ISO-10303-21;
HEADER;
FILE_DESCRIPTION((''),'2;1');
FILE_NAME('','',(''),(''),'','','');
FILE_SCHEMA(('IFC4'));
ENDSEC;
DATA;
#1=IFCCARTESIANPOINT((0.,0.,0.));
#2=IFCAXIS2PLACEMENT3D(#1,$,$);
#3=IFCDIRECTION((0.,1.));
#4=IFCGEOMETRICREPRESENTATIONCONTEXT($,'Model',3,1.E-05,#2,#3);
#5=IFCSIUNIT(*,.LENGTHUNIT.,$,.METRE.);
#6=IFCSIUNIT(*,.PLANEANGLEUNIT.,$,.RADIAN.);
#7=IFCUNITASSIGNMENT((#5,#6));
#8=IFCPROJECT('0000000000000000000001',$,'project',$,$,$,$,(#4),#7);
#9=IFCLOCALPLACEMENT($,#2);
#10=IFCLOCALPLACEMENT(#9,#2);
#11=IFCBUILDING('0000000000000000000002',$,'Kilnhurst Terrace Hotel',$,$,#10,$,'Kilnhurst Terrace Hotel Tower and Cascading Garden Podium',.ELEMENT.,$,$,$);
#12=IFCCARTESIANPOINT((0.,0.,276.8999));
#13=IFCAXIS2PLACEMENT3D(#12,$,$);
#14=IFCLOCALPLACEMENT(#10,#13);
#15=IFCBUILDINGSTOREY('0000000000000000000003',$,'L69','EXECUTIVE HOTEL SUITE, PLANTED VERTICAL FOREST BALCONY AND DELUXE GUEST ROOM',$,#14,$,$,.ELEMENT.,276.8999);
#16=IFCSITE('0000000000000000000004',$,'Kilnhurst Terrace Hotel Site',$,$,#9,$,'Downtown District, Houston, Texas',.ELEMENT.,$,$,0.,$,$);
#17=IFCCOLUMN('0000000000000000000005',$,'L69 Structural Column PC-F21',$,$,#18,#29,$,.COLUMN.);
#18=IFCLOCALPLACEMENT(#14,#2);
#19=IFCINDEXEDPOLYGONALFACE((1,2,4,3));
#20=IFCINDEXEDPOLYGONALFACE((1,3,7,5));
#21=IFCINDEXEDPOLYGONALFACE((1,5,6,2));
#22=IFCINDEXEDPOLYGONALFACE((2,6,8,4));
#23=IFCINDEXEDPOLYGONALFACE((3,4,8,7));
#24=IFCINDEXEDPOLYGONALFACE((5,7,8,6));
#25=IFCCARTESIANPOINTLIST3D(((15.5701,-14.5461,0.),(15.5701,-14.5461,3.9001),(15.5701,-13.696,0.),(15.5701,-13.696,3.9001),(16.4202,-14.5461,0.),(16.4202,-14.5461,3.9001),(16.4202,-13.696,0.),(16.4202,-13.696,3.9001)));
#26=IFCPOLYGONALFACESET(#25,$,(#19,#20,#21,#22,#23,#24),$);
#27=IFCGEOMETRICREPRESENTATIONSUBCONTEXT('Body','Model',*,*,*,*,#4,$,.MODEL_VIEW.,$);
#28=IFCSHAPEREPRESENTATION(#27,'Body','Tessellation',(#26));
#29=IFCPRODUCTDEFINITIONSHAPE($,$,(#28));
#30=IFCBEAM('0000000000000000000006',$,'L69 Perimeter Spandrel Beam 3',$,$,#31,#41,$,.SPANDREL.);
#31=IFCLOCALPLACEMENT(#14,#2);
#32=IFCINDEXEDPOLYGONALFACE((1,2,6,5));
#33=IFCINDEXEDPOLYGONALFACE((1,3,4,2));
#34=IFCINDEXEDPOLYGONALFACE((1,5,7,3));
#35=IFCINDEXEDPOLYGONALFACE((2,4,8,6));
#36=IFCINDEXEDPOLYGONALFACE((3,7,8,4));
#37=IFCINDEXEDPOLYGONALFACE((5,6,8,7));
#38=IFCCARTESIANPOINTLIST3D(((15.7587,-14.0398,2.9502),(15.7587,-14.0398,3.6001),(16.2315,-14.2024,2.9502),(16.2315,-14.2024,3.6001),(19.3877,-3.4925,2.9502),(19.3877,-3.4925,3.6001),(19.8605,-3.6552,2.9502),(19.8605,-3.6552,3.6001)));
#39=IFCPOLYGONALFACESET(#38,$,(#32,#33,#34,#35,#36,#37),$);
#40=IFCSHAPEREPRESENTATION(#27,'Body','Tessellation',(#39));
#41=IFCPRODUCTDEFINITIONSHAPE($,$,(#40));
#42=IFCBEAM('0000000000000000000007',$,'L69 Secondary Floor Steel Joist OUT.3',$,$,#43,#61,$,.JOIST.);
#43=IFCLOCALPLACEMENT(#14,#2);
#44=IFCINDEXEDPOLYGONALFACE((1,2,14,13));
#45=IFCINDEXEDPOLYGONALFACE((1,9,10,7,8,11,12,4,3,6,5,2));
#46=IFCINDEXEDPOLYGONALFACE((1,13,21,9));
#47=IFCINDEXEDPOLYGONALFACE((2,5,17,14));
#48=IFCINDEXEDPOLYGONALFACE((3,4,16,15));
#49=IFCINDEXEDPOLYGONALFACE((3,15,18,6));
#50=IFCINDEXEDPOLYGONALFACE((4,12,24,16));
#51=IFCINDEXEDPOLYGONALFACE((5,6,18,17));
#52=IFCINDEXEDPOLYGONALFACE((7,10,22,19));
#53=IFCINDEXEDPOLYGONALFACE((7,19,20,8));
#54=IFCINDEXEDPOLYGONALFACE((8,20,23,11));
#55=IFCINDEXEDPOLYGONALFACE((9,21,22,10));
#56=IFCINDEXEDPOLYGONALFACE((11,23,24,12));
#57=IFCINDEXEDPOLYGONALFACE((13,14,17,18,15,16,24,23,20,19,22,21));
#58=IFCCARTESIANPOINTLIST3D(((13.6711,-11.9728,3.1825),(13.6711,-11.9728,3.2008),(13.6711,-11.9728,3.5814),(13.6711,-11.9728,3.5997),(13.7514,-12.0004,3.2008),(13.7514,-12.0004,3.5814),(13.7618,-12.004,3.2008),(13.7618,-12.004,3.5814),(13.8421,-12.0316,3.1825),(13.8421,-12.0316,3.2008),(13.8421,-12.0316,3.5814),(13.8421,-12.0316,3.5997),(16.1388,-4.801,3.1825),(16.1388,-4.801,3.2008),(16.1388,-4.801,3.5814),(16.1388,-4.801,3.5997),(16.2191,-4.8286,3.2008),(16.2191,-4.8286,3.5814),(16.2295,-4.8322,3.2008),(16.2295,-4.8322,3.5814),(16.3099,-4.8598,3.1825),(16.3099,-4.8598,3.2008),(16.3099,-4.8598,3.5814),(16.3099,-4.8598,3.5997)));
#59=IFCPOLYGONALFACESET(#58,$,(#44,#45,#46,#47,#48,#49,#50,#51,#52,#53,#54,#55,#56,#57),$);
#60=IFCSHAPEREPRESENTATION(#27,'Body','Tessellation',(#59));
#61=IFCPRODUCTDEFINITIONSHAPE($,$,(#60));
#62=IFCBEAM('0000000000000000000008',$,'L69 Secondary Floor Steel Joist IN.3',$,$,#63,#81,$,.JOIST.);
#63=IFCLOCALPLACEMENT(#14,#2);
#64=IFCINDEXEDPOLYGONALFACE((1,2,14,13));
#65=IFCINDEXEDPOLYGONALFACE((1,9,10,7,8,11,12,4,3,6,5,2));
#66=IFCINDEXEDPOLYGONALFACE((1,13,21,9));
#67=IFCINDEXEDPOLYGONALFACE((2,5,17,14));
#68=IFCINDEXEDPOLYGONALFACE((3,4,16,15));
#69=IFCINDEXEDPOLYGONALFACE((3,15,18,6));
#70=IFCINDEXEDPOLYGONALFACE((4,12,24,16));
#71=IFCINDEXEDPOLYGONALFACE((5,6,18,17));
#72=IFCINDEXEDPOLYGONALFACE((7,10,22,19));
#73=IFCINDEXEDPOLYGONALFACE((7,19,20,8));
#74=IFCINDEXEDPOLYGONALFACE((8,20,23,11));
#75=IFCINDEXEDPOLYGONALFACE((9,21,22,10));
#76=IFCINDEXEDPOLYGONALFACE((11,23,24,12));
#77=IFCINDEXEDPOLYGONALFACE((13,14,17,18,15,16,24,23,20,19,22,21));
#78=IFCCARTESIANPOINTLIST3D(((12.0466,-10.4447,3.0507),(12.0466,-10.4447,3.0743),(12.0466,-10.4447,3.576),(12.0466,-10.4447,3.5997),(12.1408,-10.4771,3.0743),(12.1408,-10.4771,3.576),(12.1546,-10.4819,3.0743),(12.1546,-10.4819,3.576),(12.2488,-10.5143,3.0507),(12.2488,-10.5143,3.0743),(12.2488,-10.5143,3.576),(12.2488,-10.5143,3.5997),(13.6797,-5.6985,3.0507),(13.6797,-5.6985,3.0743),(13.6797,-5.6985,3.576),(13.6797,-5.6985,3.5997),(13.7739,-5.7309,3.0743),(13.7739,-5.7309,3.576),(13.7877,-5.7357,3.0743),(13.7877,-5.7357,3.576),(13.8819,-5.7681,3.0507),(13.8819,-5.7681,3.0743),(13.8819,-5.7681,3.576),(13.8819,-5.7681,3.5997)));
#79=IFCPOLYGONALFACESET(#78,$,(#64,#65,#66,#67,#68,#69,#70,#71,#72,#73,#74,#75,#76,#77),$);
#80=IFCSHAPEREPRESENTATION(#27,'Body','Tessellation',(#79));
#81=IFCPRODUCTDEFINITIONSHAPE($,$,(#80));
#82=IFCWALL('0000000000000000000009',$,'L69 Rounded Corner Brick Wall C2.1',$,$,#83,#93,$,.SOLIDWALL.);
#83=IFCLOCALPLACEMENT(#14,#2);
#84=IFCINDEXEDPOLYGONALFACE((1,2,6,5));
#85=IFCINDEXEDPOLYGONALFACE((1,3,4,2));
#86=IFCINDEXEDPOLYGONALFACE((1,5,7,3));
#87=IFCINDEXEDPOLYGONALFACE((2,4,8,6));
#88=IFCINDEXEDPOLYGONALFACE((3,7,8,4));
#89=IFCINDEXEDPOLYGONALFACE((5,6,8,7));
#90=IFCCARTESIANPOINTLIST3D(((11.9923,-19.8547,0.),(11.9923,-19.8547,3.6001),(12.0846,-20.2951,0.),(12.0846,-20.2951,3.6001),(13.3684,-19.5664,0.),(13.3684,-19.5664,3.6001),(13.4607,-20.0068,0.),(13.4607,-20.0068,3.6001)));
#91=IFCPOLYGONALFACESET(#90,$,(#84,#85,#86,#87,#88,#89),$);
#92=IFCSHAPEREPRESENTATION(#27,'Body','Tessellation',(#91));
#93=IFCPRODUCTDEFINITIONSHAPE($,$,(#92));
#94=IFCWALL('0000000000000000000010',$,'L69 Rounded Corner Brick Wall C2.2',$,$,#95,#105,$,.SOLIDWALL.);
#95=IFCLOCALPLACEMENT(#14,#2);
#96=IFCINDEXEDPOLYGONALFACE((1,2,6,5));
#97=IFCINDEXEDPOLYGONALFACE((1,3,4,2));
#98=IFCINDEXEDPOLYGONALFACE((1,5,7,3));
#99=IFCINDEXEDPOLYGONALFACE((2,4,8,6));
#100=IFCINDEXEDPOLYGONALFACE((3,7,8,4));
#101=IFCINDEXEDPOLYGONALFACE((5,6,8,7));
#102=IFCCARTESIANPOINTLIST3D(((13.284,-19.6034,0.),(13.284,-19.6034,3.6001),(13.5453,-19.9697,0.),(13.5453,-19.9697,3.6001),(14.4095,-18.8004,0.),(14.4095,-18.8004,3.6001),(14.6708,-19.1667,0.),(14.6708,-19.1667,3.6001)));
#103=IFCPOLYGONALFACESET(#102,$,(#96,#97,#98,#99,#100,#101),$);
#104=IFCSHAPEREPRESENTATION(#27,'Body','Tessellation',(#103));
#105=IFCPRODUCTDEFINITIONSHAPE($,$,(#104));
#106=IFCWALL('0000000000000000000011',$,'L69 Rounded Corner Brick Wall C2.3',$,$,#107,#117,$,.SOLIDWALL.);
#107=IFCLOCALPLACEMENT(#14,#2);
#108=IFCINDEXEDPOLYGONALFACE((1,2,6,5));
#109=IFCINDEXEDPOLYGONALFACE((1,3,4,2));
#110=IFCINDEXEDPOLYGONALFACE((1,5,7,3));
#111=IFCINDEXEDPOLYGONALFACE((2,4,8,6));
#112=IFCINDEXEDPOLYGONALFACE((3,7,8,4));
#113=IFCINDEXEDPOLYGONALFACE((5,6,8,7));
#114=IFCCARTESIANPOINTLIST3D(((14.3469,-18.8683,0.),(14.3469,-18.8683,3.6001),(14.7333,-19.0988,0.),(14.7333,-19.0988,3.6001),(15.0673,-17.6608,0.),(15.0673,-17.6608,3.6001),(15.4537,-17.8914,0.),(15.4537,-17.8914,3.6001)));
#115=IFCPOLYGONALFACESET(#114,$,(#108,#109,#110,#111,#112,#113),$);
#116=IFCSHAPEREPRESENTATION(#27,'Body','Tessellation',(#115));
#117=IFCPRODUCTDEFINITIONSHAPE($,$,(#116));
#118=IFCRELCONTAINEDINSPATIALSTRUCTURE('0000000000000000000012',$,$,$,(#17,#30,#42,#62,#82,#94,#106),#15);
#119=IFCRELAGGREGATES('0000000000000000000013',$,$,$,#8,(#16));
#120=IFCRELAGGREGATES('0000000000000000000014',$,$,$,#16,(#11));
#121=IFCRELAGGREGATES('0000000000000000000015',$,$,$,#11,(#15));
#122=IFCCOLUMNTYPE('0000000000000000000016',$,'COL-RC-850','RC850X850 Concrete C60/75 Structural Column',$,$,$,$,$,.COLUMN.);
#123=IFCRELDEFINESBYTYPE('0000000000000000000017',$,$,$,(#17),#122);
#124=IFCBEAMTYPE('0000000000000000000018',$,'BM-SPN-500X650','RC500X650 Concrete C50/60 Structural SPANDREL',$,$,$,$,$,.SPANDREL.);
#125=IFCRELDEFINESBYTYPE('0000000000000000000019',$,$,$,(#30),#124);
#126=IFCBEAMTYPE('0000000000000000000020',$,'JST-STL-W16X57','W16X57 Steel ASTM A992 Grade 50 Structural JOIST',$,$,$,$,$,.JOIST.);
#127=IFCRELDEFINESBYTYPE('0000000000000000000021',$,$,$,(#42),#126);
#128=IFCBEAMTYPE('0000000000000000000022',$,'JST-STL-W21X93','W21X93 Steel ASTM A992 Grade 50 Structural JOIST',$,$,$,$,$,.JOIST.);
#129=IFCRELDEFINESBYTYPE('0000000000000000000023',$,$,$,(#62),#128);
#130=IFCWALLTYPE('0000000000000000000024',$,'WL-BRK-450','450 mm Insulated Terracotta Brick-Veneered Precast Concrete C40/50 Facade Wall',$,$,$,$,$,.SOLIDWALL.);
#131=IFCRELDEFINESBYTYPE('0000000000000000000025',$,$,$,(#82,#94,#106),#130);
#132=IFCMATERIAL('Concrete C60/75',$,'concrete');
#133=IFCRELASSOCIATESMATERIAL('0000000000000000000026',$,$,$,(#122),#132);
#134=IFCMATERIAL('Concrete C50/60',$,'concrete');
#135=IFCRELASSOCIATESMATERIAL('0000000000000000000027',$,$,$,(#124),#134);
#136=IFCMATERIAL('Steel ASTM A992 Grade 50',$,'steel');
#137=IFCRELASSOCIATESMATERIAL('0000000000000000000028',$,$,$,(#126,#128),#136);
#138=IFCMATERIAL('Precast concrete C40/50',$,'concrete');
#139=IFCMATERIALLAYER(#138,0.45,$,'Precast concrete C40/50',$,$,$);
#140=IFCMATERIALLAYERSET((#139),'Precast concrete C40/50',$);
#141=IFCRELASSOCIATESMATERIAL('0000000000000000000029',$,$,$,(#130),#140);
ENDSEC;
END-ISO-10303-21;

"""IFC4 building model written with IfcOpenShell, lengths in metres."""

from ifc_helpers import new_model, si_unit, direction, frame, frame_2d, origin, origin_2d, place, context, subcontext, project, spatial, rectangle, i_section, extrude, material, layer, layer_set, material_profile, profile_set, type_object, element, save


model = new_model("IFC4")

# Units and contexts
model_context = context("Model", 3, precision=1e-05, world=origin(), true_north=direction((0.0, 1.0)))
body_context = subcontext(model_context, "Body", "Model", "MODEL_VIEW")
ifc_project = project(units=[si_unit("LENGTHUNIT", "METRE"), si_unit("PLANEANGLEUNIT", "RADIAN")], contexts=[model_context])

# Site, building, storey
site_placement = place(None, origin())
site = spatial("IfcSite", under=ifc_project, at=site_placement, Name="Kilnhurst Terrace Hotel Site", LongName="Downtown District, Houston, Texas", CompositionType="ELEMENT", RefElevation=0.0)
building_placement = place(site_placement, origin())
building = spatial("IfcBuilding", under=site, at=building_placement, Name="Kilnhurst Terrace Hotel", LongName="Kilnhurst Terrace Hotel Tower and Cascading Garden Podium", CompositionType="ELEMENT")
storey_placement = place(building_placement, frame((0.0, 0.0, 276.8999)))
storey = spatial("IfcBuildingStorey", under=building, at=storey_placement, Name="L69", Description="EXECUTIVE HOTEL SUITE, PLANTED VERTICAL FOREST BALCONY AND DELUXE GUEST ROOM", CompositionType="ELEMENT", Elevation=276.8999)

# Column
ifc_material_1 = material(Name="Concrete C60/75", Category="concrete")
ifc_material_profile_1 = material_profile(ifc_material_1, rectangle(XDim=0.8501, YDim=0.8501, at=origin_2d()), Name="RC850X850")
ifc_profile_set_1 = profile_set([ifc_material_profile_1], Name="Concrete C60/75")
column_type = type_object("IfcColumnType", Name="COL-RC-850", Description="RC850X850 Concrete C60/75 Structural Column", PredefinedType="COLUMN", material=ifc_profile_set_1)
column_placement = place(storey_placement, frame((15.9951, -14.1211, 0.0), z_axis=(0.0, 0.0, 1.0), x_axis=(1.0, 0.0, 0.0)))
element("IfcColumn", 1, at=column_placement, inside=storey, type_object=column_type, Name="L69 Structural Column PC-F21", PredefinedType="COLUMN", context=body_context, shape_type="SweptSolid", body=[
    extrude(rectangle(XDim=0.8501, YDim=0.8501, at=origin_2d()), origin(), (0.0, 0.0, 1.0), 3.9001),
])

# Beams
ifc_material_2 = material(Name="Concrete C50/60", Category="concrete")
ifc_material_profile_2 = material_profile(ifc_material_2, rectangle(XDim=0.5, YDim=0.6499, at=origin_2d()), Name="RC500X650")
ifc_profile_set_2 = profile_set([ifc_material_profile_2], Name="Concrete C50/60")
beam_type_1 = type_object("IfcBeamType", Name="BM-SPN-500X650", Description="RC500X650 Concrete C50/60 Structural SPANDREL", PredefinedType="SPANDREL", material=ifc_profile_set_2)
beam_1_placement = place(storey_placement, frame((15.9951, -14.1211, 3.2751), z_axis=(0.325347, 0.945595, 0.0), x_axis=(-0.945595, 0.325347, 0.0)))
element("IfcBeam", 2, at=beam_1_placement, inside=storey, type_object=beam_type_1, Name="L69 Perimeter Spandrel Beam 3", PredefinedType="SPANDREL", context=body_context, shape_type="SweptSolid", body=[
    extrude(rectangle(XDim=0.5, YDim=0.6499, at=origin_2d()), origin(), (0.0, 0.0, 1.0), 11.1541),
])
ifc_material_3 = material(Name="Steel ASTM A992 Grade 50", Category="steel")
ifc_material_profile_3 = material_profile(ifc_material_3, i_section(OverallWidth=0.1809, OverallDepth=0.4172, WebThickness=0.011, FlangeThickness=0.0183, at=origin_2d()), Name="W16X57")
ifc_profile_set_3 = profile_set([ifc_material_profile_3], Name="Steel ASTM A992 Grade 50")
beam_type_2 = type_object("IfcBeamType", Name="JST-STL-W16X57", Description="W16X57 Steel ASTM A992 Grade 50 Structural JOIST", PredefinedType="JOIST", material=ifc_profile_set_3)
beam_2_placement = place(storey_placement, frame((13.7566, -12.0022, 3.3911), z_axis=(0.325368, 0.945588, 0.0), x_axis=(-0.945588, 0.325368, 0.0)))
element("IfcBeam", 3, at=beam_2_placement, inside=storey, type_object=beam_type_2, Name="L69 Secondary Floor Steel Joist OUT.3", PredefinedType="JOIST", context=body_context, shape_type="SweptSolid", body=[
    extrude(i_section(OverallWidth=0.1809, OverallDepth=0.4172, WebThickness=0.011, FlangeThickness=0.0183, at=origin_2d()), origin(), (0.0, 0.0, 1.0), 7.5845),
])
ifc_material_profile_4 = material_profile(ifc_material_3, i_section(OverallWidth=0.2139, OverallDepth=0.5491, WebThickness=0.0146, FlangeThickness=0.0237, at=origin_2d()), Name="W21X93")
ifc_profile_set_4 = profile_set([ifc_material_profile_4], Name="Steel ASTM A992 Grade 50")
beam_type_3 = type_object("IfcBeamType", Name="JST-STL-W21X93", Description="W21X93 Steel ASTM A992 Grade 50 Structural JOIST", PredefinedType="JOIST", material=ifc_profile_set_4)
beam_3_placement = place(storey_placement, frame((12.1477, -10.4795, 3.3252), z_axis=(0.325363, 0.945589, 0.0), x_axis=(-0.945589, 0.325363, 0.0)))
element("IfcBeam", 4, at=beam_3_placement, inside=storey, type_object=beam_type_3, Name="L69 Secondary Floor Steel Joist IN.3", PredefinedType="JOIST", context=body_context, shape_type="SweptSolid", body=[
    extrude(i_section(OverallWidth=0.2139, OverallDepth=0.5491, WebThickness=0.0146, FlangeThickness=0.0237, at=origin_2d()), origin(), (0.0, 0.0, 1.0), 5.0193),
])

# Walls
ifc_material_4 = material(Name="Precast concrete C40/50", Category="concrete")
ifc_layer_1 = layer(ifc_material_4, 0.45, Name="Precast concrete C40/50")
ifc_layer_set_1 = layer_set([ifc_layer_1], Name="Precast concrete C40/50")
wall_type_1 = type_object("IfcWallType", Name="WL-BRK-450", Description="450 mm Insulated Terracotta Brick-Veneered Precast Concrete C40/50 Facade Wall", PredefinedType="SOLIDWALL", material=ifc_layer_set_1)
wall_1_placement = place(storey_placement, frame((12.0383, -20.075, 0.0), z_axis=(0.0, 0.0, 1.0), x_axis=(0.97875, 0.205057, 0.0)))
element("IfcWall", 5, at=wall_1_placement, inside=storey, type_object=wall_type_1, Name="L69 Rounded Corner Brick Wall C2.1", PredefinedType="SOLIDWALL", context=body_context, shape_type="SweptSolid", body=[
    extrude(rectangle(XDim=1.406, YDim=0.45, at=frame_2d((0.7031, 0.0))), origin(), (0.0, 0.0, 1.0), 3.6001),
])
wall_2_placement = place(storey_placement, frame((13.4146, -19.7866, 0.0), z_axis=(0.0, 0.0, 1.0), x_axis=(0.814055, 0.580787, 0.0)))
element("IfcWall", 6, at=wall_2_placement, inside=storey, type_object=wall_type_1, Name="L69 Rounded Corner Brick Wall C2.2", PredefinedType="SOLIDWALL", context=body_context, shape_type="SweptSolid", body=[
    extrude(rectangle(XDim=1.3826, YDim=0.45, at=frame_2d((0.6914, 0.0))), origin(), (0.0, 0.0, 1.0), 3.6001),
])
wall_3_placement = place(storey_placement, frame((14.54, -18.9836, 0.0), z_axis=(0.0, 0.0, 1.0), x_axis=(0.512375, 0.858762, 0.0)))
element("IfcWall", 7, at=wall_3_placement, inside=storey, type_object=wall_type_1, Name="L69 Rounded Corner Brick Wall C2.3", PredefinedType="SOLIDWALL", context=body_context, shape_type="SweptSolid", body=[
    extrude(rectangle(XDim=1.406, YDim=0.45, at=frame_2d((0.7031, 0.0))), origin(), (0.0, 0.0, 1.0), 3.6001),
])

save(model, "model.ifc")
